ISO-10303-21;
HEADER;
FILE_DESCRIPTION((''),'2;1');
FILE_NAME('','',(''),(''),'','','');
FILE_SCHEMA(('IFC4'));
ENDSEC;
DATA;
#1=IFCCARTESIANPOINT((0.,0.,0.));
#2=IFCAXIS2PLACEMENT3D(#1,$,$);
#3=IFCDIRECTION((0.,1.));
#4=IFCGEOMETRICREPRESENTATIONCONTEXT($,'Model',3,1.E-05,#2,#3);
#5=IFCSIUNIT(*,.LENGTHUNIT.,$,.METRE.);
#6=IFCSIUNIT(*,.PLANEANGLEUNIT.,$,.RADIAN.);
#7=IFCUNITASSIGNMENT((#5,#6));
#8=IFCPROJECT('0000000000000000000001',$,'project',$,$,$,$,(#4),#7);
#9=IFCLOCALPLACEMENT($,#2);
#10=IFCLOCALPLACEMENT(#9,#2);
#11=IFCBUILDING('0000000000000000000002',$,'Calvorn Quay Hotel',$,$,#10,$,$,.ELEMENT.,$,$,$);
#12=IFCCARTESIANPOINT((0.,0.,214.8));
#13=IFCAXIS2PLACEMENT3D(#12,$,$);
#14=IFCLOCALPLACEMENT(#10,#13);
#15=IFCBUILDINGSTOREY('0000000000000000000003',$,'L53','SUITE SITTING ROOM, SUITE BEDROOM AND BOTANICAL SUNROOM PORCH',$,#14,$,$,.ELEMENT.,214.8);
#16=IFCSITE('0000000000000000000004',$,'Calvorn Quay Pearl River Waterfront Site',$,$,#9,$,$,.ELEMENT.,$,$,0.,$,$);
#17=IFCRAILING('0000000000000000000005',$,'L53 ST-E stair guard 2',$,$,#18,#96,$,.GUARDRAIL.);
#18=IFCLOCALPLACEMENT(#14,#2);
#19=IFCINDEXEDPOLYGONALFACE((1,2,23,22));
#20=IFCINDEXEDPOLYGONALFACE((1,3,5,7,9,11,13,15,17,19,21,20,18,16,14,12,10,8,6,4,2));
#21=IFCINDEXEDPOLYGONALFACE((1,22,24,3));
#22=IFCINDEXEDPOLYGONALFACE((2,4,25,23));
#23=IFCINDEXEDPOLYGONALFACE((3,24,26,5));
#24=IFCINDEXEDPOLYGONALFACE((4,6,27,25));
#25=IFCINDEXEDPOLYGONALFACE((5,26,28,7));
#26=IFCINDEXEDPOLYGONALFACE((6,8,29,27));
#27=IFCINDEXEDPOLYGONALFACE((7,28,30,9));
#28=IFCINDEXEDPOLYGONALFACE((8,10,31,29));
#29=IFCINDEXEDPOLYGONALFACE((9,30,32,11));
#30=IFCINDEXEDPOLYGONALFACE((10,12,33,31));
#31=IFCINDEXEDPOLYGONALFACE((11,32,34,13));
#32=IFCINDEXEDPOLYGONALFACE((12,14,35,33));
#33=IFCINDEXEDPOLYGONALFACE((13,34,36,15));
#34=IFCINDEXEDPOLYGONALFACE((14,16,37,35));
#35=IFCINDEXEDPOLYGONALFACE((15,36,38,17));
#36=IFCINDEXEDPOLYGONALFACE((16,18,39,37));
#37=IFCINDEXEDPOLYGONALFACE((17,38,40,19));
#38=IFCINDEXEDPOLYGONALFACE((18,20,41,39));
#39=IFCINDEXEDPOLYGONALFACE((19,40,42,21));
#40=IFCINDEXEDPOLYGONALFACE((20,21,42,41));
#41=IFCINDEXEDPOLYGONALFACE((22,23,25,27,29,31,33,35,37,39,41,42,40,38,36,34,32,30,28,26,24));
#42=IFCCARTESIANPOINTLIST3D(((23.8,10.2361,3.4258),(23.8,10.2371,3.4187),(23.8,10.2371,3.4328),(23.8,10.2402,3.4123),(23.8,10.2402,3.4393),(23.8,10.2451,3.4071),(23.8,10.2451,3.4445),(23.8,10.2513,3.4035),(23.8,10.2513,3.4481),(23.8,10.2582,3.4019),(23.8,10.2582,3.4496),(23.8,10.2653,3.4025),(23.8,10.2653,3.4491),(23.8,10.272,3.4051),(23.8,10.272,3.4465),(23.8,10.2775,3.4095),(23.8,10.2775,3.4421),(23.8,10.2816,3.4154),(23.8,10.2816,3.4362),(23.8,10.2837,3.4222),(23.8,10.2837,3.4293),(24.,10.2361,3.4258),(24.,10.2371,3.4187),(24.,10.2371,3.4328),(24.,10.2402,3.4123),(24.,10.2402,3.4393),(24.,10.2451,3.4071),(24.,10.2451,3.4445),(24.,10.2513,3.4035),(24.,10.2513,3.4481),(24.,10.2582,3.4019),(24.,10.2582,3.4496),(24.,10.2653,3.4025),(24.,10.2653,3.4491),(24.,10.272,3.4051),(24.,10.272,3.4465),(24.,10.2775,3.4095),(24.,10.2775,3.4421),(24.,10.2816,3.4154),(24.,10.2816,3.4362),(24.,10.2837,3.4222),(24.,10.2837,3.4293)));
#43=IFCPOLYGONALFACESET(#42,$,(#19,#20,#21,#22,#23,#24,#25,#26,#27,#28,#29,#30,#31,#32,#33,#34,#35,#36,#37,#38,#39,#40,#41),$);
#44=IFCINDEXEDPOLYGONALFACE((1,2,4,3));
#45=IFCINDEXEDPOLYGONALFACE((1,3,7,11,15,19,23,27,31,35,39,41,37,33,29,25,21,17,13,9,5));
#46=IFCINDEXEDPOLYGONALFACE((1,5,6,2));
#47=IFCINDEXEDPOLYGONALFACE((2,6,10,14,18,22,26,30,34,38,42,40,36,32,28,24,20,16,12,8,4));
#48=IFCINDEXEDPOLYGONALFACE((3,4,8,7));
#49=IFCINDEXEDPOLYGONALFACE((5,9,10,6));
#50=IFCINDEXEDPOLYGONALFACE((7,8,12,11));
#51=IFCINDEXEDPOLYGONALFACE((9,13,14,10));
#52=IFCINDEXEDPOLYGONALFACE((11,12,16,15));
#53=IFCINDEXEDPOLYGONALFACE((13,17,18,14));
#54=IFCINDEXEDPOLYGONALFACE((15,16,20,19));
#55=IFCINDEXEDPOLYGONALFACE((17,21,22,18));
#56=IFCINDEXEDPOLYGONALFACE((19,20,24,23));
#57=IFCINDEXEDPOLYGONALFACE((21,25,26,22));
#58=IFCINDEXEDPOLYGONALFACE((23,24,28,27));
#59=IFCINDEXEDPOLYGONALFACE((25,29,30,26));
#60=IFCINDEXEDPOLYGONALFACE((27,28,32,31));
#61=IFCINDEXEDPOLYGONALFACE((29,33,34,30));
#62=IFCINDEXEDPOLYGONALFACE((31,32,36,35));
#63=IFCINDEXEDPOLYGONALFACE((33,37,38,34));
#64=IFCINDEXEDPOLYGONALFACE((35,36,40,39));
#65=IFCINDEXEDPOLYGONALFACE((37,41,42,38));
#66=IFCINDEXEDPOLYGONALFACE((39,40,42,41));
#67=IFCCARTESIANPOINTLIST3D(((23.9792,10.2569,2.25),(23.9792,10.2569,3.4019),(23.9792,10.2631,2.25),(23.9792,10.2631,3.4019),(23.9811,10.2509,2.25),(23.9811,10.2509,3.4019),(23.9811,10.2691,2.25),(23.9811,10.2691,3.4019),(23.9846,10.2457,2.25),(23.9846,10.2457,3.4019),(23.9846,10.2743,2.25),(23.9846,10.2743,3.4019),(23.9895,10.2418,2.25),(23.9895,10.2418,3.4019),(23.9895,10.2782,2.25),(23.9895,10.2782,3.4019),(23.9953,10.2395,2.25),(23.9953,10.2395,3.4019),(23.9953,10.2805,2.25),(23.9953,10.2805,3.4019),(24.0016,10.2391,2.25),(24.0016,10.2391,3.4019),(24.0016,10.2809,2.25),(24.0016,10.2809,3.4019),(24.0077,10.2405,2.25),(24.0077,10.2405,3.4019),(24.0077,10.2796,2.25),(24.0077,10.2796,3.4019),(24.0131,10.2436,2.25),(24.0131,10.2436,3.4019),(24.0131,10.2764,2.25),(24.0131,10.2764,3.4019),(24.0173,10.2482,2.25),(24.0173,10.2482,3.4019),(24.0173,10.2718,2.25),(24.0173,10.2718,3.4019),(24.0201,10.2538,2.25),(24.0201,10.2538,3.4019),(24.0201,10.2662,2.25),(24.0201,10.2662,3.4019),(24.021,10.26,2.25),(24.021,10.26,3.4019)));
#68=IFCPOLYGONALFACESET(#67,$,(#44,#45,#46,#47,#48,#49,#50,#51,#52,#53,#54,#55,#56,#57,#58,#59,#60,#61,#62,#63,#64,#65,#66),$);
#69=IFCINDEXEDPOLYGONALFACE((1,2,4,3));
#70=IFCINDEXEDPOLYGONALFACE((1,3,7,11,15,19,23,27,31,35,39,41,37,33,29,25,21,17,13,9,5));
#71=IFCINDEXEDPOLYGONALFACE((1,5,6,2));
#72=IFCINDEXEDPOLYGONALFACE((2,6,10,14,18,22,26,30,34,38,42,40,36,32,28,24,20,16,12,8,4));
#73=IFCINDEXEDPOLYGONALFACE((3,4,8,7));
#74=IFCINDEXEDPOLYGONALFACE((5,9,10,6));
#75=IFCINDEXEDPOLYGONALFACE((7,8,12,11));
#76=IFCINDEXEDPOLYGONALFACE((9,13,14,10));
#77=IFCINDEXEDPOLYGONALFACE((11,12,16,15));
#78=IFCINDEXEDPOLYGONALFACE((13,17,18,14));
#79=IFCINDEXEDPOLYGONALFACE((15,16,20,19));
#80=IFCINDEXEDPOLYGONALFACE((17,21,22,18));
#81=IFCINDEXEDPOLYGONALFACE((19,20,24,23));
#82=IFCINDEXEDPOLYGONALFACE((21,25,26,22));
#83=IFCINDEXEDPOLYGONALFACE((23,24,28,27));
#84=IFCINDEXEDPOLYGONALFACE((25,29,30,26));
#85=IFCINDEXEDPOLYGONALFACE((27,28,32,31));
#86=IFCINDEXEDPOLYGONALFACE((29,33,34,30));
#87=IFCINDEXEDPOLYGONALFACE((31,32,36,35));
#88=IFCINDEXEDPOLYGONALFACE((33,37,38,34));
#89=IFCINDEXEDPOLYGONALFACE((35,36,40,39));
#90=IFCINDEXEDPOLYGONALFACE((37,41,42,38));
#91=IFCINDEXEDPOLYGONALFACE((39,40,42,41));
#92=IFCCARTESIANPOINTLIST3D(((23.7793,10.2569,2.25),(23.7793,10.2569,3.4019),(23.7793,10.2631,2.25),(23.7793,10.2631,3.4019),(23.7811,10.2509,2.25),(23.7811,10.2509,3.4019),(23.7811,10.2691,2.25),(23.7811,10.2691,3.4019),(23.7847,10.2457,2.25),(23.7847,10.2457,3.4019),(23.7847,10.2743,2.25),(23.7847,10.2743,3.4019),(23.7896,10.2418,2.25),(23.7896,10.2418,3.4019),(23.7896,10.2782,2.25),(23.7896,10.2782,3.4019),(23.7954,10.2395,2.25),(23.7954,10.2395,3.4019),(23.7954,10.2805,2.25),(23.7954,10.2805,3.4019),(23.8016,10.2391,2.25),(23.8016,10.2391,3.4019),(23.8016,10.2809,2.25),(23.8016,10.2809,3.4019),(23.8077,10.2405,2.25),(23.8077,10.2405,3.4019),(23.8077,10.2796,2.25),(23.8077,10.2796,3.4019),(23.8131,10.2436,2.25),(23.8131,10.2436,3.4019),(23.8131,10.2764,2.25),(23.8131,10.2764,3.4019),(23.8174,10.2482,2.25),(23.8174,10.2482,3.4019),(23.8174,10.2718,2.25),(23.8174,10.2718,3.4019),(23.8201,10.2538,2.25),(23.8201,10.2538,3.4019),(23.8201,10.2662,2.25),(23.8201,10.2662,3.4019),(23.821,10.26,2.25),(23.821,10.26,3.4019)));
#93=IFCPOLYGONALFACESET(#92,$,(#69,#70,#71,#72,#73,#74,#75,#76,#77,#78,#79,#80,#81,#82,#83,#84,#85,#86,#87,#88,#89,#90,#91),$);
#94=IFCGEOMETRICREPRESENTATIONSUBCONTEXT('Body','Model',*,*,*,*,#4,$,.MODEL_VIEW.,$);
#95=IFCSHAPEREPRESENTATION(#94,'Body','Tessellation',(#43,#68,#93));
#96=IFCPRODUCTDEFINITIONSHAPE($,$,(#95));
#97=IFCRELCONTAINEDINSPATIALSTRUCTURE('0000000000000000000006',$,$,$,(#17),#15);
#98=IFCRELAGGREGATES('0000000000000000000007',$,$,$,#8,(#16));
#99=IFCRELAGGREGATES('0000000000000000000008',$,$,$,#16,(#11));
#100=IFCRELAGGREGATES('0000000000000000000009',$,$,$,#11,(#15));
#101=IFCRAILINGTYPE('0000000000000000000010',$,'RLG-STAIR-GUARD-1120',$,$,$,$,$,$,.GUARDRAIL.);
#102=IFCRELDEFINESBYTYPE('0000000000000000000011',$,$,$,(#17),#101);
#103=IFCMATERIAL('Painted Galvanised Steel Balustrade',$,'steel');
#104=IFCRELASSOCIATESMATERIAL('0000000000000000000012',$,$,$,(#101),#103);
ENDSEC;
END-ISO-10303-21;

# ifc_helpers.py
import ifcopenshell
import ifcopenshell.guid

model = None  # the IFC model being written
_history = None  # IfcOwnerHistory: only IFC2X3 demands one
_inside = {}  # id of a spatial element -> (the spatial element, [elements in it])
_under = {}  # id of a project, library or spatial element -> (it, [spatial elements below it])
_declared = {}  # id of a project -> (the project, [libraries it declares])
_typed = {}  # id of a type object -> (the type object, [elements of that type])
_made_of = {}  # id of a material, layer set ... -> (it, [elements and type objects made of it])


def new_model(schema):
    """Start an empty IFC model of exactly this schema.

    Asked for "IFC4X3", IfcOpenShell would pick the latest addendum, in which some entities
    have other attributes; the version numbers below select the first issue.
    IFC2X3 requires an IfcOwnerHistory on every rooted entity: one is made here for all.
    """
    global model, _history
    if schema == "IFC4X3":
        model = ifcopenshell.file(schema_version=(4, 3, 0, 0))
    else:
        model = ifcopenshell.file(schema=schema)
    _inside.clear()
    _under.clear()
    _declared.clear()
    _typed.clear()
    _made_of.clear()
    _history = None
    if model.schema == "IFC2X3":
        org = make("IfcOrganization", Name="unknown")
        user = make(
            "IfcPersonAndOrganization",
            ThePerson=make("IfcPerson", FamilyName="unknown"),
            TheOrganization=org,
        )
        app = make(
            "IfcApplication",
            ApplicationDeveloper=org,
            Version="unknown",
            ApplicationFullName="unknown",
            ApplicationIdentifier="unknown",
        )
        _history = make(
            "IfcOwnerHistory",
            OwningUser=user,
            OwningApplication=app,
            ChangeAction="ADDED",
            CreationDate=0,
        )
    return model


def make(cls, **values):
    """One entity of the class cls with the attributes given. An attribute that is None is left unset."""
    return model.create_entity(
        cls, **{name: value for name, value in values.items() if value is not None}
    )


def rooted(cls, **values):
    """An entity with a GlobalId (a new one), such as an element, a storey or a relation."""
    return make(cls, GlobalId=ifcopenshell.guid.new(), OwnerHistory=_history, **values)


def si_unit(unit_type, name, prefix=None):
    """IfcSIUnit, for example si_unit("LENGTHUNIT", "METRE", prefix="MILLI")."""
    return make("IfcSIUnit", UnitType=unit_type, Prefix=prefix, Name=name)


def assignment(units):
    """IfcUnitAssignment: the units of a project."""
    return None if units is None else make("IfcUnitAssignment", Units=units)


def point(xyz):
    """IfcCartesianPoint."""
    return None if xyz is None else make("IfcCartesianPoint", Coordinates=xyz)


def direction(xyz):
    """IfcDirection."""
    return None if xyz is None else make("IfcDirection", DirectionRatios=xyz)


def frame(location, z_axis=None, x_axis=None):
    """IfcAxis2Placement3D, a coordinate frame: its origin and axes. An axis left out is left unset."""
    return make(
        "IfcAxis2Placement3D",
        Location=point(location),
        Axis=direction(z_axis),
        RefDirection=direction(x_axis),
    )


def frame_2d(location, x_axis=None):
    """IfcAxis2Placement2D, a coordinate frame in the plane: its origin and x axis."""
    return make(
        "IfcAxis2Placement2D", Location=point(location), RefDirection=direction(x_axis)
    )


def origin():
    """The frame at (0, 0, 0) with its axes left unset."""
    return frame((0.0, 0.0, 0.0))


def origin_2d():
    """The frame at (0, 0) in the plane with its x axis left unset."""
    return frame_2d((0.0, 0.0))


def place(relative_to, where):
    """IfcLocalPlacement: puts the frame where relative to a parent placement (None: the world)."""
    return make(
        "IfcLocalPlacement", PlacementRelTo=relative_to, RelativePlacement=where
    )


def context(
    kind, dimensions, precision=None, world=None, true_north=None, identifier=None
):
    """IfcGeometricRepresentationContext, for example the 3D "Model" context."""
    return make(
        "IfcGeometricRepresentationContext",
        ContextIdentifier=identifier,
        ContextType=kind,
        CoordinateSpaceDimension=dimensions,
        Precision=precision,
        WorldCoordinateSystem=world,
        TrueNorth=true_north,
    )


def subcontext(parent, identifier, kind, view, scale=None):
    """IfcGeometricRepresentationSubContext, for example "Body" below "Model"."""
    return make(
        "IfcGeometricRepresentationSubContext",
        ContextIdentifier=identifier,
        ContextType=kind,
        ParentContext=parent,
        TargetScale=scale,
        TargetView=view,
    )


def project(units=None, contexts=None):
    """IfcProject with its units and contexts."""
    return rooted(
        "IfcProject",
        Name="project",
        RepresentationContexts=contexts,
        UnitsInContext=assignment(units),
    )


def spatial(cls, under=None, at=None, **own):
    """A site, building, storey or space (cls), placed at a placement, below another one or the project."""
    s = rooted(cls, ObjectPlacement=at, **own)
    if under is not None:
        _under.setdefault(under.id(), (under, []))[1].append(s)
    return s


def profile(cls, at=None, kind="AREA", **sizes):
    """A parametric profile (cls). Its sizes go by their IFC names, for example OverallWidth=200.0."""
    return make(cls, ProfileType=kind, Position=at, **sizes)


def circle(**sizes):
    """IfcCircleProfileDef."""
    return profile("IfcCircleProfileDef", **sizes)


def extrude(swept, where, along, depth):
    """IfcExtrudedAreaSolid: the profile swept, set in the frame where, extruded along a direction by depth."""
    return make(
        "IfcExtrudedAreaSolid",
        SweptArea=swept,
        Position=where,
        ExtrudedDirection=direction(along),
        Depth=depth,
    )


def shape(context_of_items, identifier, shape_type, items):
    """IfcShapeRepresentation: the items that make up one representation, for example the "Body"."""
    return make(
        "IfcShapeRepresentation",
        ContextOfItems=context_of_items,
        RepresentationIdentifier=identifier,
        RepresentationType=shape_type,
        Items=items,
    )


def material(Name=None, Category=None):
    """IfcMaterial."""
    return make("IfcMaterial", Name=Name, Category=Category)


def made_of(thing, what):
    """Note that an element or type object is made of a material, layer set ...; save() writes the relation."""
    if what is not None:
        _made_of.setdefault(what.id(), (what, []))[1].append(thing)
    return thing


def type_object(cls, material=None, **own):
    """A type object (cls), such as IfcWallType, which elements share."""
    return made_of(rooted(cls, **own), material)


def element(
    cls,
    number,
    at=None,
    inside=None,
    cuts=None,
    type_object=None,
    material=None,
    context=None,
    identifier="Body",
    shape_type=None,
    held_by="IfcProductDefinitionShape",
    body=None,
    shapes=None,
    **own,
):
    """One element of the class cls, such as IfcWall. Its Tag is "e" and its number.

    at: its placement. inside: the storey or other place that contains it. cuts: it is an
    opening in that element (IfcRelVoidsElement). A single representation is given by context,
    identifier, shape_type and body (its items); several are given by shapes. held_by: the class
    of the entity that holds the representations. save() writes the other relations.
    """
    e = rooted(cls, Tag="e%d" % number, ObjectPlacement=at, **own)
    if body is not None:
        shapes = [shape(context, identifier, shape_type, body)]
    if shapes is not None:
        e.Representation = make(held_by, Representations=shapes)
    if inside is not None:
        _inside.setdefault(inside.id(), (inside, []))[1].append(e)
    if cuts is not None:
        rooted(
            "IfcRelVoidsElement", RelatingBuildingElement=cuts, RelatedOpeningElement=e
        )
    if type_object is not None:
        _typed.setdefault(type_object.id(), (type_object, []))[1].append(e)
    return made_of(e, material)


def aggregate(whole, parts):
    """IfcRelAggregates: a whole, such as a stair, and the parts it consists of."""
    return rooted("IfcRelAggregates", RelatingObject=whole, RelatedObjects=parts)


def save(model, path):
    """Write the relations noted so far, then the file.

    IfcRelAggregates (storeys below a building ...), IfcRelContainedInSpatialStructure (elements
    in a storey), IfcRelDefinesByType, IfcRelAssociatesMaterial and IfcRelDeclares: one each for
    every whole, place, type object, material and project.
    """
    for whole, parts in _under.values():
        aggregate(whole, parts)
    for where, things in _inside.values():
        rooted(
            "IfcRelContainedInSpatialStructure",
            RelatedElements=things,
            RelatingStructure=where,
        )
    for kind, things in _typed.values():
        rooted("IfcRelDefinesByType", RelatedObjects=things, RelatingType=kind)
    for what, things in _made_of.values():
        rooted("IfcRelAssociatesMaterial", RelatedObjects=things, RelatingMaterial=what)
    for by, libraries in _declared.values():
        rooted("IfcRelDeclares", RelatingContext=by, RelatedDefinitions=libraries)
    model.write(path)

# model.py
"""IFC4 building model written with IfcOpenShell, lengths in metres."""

from ifc_helpers import new_model, si_unit, direction, frame, origin, origin_2d, place, context, subcontext, project, spatial, circle, extrude, material, type_object, element, save


model = new_model("IFC4")

# Units and contexts
model_context = context("Model", 3, precision=1e-05, world=origin(), true_north=direction((0.0, 1.0)))
body_context = subcontext(model_context, "Body", "Model", "MODEL_VIEW")
ifc_project = project(units=[si_unit("LENGTHUNIT", "METRE"), si_unit("PLANEANGLEUNIT", "RADIAN")], contexts=[model_context])

# Site, building, storey
site_placement = place(None, origin())
site = spatial("IfcSite", under=ifc_project, at=site_placement, Name="Calvorn Quay Pearl River Waterfront Site", CompositionType="ELEMENT", RefElevation=0.0)
building_placement = place(site_placement, origin())
building = spatial("IfcBuilding", under=site, at=building_placement, Name="Calvorn Quay Hotel", CompositionType="ELEMENT")
storey_placement = place(building_placement, frame((0.0, 0.0, 214.8)))
storey = spatial("IfcBuildingStorey", under=building, at=storey_placement, Name="L53", Description="SUITE SITTING ROOM, SUITE BEDROOM AND BOTANICAL SUNROOM PORCH", CompositionType="ELEMENT", Elevation=214.8)

# Railing
ifc_material_1 = material(Name="Painted Galvanised Steel Balustrade", Category="steel")
railing_type_1 = type_object("IfcRailingType", Name="RLG-STAIR-GUARD-1120", PredefinedType="GUARDRAIL", material=ifc_material_1)
railing_1_placement = place(storey_placement, frame((24.0, 10.26, 2.25)))
element("IfcRailing", 1, at=railing_1_placement, inside=storey, type_object=railing_type_1, Name="L53 ST-E stair guard 2", PredefinedType="GUARDRAIL", context=body_context, shape_type="SweptSolid", body=[
    extrude(circle(Radius=0.0239, at=origin_2d()), frame((0.0, 0.0, 1.1758), z_axis=(-1.0, 0.0, 0.0), x_axis=(0.0, -1.0, 0.0)), (0.0, 0.0, 1.0), 0.2),
    extrude(circle(Radius=0.021, at=origin_2d()), origin(), (0.0, 0.0, 1.0), 1.1519),
    extrude(circle(Radius=0.021, at=origin_2d()), frame((-0.2, 0.0, 0.0)), (0.0, 0.0, 1.0), 1.1519),
])

save(model, "model.ifc")
